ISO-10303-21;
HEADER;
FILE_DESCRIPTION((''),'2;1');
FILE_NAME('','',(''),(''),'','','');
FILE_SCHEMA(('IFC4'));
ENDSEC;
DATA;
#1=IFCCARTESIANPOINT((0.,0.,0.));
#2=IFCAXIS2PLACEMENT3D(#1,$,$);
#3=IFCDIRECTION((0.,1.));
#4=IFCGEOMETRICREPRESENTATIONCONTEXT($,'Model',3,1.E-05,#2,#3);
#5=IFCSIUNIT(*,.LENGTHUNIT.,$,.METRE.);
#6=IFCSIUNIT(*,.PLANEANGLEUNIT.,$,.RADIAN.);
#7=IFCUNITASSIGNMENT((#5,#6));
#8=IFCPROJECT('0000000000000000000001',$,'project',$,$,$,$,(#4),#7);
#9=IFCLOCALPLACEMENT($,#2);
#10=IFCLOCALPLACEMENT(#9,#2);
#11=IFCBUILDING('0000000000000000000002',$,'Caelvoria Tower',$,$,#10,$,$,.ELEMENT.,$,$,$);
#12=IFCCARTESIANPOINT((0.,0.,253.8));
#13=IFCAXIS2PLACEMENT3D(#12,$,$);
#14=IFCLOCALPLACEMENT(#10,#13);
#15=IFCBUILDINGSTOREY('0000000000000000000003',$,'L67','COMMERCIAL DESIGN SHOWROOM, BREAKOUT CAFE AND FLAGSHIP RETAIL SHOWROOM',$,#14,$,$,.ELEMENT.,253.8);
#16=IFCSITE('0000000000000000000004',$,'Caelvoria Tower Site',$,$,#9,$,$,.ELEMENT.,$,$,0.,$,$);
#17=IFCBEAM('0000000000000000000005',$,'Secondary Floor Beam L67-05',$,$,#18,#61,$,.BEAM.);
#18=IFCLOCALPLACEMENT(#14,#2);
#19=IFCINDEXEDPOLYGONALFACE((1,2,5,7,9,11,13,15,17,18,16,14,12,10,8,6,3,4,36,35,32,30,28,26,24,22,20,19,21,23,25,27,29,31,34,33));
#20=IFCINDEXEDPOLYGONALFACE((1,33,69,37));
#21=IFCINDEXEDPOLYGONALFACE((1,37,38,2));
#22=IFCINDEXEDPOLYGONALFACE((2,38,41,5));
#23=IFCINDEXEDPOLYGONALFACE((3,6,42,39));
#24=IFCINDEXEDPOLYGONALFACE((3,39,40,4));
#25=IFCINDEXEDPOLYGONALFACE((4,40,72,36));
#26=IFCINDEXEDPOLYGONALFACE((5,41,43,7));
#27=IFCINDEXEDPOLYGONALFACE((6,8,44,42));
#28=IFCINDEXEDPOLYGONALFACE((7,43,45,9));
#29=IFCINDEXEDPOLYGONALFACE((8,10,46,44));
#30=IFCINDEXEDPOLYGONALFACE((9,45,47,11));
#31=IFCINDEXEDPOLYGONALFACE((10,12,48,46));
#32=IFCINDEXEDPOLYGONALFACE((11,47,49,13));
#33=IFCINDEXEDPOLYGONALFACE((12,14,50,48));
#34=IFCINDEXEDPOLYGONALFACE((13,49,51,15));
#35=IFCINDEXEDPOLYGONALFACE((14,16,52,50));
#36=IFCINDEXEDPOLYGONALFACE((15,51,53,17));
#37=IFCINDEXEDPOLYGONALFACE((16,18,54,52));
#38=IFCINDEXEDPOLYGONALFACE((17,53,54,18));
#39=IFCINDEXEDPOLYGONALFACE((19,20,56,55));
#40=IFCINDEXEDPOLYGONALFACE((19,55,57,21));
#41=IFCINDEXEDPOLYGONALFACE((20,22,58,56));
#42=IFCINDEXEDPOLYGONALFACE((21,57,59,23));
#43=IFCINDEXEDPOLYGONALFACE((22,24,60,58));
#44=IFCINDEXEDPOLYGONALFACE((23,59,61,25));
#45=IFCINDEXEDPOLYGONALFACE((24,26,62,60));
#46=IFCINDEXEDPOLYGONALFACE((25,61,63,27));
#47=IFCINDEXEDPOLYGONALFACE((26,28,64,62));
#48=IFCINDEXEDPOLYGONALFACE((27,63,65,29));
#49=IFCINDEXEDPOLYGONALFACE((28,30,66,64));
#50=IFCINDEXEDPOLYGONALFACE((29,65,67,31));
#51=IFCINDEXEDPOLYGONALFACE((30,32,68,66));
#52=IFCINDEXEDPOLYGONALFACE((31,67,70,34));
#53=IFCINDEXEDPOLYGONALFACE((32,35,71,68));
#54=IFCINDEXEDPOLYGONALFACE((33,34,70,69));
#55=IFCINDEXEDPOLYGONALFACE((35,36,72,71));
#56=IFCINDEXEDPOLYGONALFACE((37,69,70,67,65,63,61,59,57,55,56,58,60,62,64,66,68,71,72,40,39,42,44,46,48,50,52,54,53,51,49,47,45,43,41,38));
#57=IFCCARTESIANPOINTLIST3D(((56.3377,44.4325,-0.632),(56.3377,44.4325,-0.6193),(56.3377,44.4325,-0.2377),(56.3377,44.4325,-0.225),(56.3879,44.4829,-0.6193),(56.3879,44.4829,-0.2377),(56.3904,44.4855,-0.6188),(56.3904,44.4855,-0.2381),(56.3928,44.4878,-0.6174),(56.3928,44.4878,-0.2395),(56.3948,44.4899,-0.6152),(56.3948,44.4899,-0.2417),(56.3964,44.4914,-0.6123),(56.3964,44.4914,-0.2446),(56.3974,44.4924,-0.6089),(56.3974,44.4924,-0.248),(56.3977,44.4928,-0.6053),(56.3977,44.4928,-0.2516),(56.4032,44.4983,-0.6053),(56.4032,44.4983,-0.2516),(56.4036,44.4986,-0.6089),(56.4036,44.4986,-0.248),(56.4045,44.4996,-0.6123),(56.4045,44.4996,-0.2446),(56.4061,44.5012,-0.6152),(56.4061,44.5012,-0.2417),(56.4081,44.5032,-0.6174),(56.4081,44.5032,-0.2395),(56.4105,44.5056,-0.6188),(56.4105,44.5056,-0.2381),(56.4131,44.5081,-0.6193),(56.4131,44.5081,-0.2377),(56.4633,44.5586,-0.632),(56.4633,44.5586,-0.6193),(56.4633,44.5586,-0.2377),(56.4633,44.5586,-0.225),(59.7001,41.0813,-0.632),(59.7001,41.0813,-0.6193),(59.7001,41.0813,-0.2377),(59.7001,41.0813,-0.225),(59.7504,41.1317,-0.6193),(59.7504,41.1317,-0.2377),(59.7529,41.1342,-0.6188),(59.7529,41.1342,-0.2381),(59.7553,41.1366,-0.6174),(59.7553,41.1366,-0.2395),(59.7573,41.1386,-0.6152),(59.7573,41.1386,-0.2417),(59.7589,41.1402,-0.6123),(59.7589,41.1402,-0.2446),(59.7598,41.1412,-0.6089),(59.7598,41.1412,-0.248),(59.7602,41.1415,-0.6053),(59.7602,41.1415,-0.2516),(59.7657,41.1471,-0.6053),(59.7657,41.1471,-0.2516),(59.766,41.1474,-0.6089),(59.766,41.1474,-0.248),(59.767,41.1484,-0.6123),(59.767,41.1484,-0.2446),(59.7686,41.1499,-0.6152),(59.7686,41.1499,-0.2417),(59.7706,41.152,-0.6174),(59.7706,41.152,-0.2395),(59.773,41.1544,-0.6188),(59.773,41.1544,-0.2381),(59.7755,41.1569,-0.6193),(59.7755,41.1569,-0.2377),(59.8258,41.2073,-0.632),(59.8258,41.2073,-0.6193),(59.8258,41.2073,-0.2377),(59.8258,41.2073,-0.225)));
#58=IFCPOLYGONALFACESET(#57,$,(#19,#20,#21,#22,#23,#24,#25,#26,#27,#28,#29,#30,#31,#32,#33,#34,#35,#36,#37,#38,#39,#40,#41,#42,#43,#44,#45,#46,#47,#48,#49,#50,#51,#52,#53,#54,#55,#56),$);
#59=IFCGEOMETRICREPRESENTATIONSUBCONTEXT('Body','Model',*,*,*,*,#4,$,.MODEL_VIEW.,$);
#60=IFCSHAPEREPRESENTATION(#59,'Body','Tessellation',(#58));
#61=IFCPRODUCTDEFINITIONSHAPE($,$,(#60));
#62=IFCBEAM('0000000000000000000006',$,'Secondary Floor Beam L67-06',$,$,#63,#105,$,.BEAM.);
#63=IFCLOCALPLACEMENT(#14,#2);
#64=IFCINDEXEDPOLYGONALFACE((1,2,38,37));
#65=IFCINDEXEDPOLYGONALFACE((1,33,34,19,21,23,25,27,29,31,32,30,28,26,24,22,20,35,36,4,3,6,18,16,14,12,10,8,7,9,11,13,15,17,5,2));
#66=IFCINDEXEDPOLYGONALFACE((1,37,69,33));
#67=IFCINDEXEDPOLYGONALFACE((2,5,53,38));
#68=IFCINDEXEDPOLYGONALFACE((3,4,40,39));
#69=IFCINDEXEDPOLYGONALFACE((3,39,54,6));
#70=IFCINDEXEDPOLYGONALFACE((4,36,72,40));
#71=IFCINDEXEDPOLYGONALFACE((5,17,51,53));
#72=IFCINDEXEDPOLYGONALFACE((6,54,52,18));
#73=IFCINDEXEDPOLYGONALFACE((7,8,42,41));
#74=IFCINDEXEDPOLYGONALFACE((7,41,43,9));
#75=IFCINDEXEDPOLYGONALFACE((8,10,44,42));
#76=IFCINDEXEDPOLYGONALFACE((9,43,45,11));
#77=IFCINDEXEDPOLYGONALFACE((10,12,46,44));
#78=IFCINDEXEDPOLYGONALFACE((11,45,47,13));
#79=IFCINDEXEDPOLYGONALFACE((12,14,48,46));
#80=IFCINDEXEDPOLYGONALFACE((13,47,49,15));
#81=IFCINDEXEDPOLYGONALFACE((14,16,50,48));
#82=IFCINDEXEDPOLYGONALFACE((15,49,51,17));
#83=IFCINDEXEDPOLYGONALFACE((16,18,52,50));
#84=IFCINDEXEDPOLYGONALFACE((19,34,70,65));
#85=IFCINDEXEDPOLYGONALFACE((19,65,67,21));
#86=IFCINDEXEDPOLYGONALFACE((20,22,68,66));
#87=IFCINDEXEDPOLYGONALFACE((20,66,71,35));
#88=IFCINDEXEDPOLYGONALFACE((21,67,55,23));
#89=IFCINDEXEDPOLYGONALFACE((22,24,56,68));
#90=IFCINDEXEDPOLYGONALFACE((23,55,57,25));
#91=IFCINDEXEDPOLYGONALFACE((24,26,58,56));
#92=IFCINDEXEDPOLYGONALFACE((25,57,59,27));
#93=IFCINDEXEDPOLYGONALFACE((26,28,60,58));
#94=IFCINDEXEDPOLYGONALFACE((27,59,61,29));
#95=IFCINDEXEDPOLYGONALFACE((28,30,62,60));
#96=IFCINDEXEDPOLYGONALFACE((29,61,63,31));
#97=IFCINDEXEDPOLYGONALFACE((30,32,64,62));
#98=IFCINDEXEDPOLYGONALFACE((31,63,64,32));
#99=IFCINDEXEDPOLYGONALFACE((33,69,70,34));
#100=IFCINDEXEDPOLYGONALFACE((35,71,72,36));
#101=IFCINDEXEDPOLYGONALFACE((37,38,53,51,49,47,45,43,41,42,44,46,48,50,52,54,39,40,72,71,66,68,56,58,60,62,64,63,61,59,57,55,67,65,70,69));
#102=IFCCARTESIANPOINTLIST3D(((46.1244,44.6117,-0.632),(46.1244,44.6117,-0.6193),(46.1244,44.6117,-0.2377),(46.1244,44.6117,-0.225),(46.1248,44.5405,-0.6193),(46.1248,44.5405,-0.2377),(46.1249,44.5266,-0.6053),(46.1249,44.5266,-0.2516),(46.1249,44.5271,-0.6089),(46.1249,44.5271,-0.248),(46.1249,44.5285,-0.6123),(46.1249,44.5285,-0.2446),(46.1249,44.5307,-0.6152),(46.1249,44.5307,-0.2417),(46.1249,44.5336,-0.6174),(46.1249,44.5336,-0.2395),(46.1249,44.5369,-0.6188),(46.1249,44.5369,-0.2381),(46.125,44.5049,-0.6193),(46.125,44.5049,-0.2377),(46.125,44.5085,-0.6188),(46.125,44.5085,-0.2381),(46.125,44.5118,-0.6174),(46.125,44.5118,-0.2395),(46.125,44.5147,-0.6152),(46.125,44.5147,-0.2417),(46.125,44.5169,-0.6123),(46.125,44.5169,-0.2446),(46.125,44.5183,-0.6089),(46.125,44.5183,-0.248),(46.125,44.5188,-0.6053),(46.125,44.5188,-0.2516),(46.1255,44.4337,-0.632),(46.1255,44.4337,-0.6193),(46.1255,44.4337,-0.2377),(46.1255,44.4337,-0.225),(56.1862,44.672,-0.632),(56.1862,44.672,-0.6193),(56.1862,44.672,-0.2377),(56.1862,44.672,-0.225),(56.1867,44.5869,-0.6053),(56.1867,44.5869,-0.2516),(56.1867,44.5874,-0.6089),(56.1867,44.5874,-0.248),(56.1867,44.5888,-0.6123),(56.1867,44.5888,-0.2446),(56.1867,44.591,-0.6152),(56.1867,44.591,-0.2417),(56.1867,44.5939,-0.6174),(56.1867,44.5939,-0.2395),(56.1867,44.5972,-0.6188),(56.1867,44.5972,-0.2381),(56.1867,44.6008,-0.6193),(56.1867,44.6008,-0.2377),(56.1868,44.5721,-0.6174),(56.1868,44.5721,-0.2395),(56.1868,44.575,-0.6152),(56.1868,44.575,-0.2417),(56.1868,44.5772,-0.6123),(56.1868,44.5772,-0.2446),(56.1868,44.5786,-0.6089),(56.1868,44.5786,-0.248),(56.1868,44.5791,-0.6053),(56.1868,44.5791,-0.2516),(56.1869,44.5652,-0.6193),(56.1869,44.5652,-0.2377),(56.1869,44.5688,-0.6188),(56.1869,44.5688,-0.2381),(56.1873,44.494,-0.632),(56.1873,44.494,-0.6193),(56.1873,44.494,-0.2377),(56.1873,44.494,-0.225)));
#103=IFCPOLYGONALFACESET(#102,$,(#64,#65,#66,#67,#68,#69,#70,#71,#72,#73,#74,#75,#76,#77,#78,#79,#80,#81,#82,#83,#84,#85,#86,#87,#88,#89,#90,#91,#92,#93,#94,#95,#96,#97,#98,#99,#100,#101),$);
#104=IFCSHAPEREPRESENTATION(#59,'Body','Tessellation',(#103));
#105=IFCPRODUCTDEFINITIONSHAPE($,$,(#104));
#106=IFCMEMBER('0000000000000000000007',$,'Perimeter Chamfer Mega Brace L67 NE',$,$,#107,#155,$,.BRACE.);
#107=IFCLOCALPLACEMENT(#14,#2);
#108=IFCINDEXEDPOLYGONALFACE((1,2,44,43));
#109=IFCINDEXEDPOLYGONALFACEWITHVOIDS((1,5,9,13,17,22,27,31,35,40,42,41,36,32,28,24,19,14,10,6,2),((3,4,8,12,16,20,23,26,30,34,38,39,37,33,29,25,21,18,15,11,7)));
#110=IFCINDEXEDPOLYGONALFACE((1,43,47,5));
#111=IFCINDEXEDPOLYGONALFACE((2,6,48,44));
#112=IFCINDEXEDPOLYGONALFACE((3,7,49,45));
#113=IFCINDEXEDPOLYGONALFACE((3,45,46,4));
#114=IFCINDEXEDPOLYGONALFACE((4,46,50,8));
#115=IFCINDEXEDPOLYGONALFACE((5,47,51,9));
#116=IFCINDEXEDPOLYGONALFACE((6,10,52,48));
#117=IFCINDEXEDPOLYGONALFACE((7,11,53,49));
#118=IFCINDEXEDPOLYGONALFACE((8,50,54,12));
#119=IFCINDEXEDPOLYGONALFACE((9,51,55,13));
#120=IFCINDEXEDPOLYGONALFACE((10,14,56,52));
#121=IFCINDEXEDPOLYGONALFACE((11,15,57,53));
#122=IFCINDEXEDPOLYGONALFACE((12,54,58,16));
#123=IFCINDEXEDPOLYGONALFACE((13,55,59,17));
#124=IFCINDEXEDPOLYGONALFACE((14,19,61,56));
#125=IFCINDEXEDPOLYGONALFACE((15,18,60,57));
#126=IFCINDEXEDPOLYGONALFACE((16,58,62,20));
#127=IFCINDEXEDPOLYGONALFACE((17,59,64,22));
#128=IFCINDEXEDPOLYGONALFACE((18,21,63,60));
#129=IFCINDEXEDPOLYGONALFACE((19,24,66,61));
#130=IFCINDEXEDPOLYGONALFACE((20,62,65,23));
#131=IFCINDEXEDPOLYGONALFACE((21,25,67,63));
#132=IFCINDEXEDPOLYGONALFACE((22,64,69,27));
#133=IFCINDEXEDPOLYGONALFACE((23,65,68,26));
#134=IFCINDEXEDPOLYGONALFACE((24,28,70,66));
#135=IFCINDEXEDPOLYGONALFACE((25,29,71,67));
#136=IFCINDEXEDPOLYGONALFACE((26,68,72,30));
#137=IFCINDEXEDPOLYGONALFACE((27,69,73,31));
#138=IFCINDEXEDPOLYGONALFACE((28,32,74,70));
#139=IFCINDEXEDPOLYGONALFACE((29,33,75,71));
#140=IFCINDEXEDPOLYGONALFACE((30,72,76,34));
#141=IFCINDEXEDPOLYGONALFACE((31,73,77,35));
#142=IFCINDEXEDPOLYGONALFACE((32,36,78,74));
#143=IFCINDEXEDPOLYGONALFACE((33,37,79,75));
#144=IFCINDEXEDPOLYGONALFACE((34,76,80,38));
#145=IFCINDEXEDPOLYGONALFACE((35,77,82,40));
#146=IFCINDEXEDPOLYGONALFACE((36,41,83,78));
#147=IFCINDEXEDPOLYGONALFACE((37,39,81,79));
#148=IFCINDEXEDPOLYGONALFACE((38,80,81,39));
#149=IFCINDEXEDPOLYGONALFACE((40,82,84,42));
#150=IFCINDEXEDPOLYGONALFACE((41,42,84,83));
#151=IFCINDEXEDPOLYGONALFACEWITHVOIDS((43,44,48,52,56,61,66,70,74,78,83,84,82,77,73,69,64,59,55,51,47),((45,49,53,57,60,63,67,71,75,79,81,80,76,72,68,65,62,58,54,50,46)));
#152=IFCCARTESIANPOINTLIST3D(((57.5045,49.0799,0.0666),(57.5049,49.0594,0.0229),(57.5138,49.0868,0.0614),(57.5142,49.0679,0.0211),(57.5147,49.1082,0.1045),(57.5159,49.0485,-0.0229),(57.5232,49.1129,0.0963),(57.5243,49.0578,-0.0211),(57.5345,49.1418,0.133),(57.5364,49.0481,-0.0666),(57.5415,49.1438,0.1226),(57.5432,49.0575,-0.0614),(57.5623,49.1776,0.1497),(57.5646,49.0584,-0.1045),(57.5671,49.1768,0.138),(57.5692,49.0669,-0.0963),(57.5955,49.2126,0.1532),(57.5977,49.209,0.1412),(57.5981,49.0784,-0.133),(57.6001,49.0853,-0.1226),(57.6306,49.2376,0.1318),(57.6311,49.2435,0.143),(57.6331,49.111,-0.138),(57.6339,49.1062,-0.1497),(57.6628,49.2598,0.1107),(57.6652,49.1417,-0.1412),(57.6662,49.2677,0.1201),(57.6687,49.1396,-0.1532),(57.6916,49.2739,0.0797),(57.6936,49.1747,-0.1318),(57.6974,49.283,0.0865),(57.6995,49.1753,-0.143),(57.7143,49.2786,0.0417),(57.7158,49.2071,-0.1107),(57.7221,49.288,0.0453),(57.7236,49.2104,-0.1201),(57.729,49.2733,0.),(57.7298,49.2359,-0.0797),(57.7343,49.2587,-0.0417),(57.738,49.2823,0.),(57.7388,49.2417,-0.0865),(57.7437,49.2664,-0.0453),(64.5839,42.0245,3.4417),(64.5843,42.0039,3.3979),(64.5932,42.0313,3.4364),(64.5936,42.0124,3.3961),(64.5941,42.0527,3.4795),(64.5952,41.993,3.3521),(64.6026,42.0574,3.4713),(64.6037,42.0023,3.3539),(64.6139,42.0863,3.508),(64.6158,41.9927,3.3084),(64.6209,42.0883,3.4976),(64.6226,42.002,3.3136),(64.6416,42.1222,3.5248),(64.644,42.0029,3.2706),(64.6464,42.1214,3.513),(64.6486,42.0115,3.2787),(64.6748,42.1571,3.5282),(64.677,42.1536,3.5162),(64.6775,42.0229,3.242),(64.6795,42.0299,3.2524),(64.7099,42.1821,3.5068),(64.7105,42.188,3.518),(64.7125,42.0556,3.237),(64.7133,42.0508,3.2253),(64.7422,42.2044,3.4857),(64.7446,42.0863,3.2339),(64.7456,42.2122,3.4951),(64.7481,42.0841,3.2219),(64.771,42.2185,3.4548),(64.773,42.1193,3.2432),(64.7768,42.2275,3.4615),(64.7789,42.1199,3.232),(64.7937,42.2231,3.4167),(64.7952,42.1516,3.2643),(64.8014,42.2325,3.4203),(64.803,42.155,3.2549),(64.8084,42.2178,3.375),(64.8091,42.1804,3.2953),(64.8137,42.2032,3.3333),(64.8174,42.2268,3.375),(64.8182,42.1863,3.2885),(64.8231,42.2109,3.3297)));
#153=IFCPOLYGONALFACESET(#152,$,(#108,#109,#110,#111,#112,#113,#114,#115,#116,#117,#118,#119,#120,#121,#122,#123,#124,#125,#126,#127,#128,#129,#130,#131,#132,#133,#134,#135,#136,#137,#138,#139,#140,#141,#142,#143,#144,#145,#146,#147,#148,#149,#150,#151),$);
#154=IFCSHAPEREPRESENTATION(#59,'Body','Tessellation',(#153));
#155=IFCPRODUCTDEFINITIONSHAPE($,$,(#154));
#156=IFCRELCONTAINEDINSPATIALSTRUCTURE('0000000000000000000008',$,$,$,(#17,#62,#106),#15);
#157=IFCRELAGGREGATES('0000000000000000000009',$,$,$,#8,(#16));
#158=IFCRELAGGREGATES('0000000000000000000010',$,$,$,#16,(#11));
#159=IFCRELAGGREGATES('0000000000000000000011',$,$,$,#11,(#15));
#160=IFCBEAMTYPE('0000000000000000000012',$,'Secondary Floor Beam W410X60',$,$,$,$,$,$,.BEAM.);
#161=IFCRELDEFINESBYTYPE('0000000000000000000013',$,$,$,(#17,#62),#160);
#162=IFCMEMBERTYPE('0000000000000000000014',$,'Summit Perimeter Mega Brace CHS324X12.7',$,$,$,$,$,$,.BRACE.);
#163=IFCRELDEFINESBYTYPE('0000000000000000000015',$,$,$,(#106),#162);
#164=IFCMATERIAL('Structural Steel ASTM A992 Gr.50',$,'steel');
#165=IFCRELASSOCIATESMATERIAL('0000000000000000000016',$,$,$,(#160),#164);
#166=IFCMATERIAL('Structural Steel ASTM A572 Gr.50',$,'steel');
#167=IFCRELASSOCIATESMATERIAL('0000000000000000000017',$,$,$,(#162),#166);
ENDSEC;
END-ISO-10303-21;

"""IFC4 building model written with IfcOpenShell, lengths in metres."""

from ifc_helpers import new_model, si_unit, direction, frame, origin, origin_2d, place, context, subcontext, project, spatial, hollow_circle, i_section, extrude, material, material_profile, profile_set, type_object, element, save


model = new_model("IFC4")

# Units and contexts
model_context = context("Model", 3, precision=1e-05, world=origin(), true_north=direction((0.0, 1.0)))
body_context = subcontext(model_context, "Body", "Model", "MODEL_VIEW")
ifc_project = project(units=[si_unit("LENGTHUNIT", "METRE"), si_unit("PLANEANGLEUNIT", "RADIAN")], contexts=[model_context])

# Site, building, storey
site_placement = place(None, origin())
site = spatial("IfcSite", under=ifc_project, at=site_placement, Name="Caelvoria Tower Site", CompositionType="ELEMENT", RefElevation=0.0)
building_placement = place(site_placement, origin())
building = spatial("IfcBuilding", under=site, at=building_placement, Name="Caelvoria Tower", CompositionType="ELEMENT")
storey_placement = place(building_placement, frame((0.0, 0.0, 253.8)))
storey = spatial("IfcBuildingStorey", under=building, at=storey_placement, Name="L67", Description="COMMERCIAL DESIGN SHOWROOM, BREAKOUT CAFE AND FLAGSHIP RETAIL SHOWROOM", CompositionType="ELEMENT", Elevation=253.8)

# Shared definitions
ifc_material_1 = material(Name="Structural Steel ASTM A572 Gr.50", Category="steel")

# Beams
ifc_material_2 = material(Name="Structural Steel ASTM A992 Gr.50", Category="steel")
ifc_material_profile_1 = material_profile(ifc_material_2, i_section(OverallWidth=0.178, OverallDepth=0.407, WebThickness=0.0078, FlangeThickness=0.0127, FilletRadius=0.0139, at=origin_2d()), Name="Structural Steel ASTM A992 Gr.50")
ifc_profile_set_1 = profile_set([ifc_material_profile_1], Name="W410X60 - Structural Steel ASTM A992 Gr.50")
beam_type_1 = type_object("IfcBeamType", Name="Secondary Floor Beam W410X60", PredefinedType="BEAM", material=ifc_profile_set_1)
beam_1_placement = place(storey_placement, frame((59.7629, 41.1443, -0.4285), z_axis=(-0.708289, 0.705923, 0.0), x_axis=(-0.705923, -0.708289, 0.0)))
element("IfcBeam", 1, at=beam_1_placement, inside=storey, type_object=beam_type_1, Name="Secondary Floor Beam L67-05", PredefinedType="BEAM", context=body_context, shape_type="SweptSolid", body=[
    extrude(i_section(OverallWidth=0.178, OverallDepth=0.407, WebThickness=0.0078, FlangeThickness=0.0127, FilletRadius=0.0139, at=origin_2d()), origin(), (0.0, 0.0, 1.0), 4.7473),
])
beam_2_placement = place(storey_placement, frame((56.1868, 44.583, -0.4285), z_axis=(-0.999982, -0.005993, 0.0), x_axis=(0.005993, -0.999982, 0.0)))
element("IfcBeam", 2, at=beam_2_placement, inside=storey, type_object=beam_type_1, Name="Secondary Floor Beam L67-06", PredefinedType="BEAM", context=body_context, shape_type="SweptSolid", body=[
    extrude(i_section(OverallWidth=0.178, OverallDepth=0.407, WebThickness=0.0078, FlangeThickness=0.0127, FilletRadius=0.0139, at=origin_2d()), origin(), (0.0, 0.0, 1.0), 10.062),
])

# Member
ifc_material_profile_2 = material_profile(ifc_material_1, hollow_circle(Radius=0.1621, WallThickness=0.0127, at=origin_2d()), Name="Structural Steel ASTM A572 Gr.50")
ifc_profile_set_2 = profile_set([ifc_material_profile_2], Name="CHS324X12.7 - Structural Steel ASTM A572 Gr.50")
member_type = type_object("IfcMemberType", Name="Summit Perimeter Mega Brace CHS324X12.7", PredefinedType="BRACE", material=ifc_profile_set_2)
member_placement = place(storey_placement, frame((57.6235, 49.1675, 0.0), z_axis=(0.671076, -0.668808, 0.319928), x_axis=(0.705909, 0.708303, 0.0)))
element("IfcMember", 3, at=member_placement, inside=storey, type_object=member_type, Name="Perimeter Chamfer Mega Brace L67 NE", PredefinedType="BRACE", context=body_context, shape_type="SweptSolid", body=[
    extrude(hollow_circle(Radius=0.1621, WallThickness=0.0127, at=origin_2d()), origin(), (0.0, 0.0, 1.0), 10.5493),
])

save(model, "model.ifc")
